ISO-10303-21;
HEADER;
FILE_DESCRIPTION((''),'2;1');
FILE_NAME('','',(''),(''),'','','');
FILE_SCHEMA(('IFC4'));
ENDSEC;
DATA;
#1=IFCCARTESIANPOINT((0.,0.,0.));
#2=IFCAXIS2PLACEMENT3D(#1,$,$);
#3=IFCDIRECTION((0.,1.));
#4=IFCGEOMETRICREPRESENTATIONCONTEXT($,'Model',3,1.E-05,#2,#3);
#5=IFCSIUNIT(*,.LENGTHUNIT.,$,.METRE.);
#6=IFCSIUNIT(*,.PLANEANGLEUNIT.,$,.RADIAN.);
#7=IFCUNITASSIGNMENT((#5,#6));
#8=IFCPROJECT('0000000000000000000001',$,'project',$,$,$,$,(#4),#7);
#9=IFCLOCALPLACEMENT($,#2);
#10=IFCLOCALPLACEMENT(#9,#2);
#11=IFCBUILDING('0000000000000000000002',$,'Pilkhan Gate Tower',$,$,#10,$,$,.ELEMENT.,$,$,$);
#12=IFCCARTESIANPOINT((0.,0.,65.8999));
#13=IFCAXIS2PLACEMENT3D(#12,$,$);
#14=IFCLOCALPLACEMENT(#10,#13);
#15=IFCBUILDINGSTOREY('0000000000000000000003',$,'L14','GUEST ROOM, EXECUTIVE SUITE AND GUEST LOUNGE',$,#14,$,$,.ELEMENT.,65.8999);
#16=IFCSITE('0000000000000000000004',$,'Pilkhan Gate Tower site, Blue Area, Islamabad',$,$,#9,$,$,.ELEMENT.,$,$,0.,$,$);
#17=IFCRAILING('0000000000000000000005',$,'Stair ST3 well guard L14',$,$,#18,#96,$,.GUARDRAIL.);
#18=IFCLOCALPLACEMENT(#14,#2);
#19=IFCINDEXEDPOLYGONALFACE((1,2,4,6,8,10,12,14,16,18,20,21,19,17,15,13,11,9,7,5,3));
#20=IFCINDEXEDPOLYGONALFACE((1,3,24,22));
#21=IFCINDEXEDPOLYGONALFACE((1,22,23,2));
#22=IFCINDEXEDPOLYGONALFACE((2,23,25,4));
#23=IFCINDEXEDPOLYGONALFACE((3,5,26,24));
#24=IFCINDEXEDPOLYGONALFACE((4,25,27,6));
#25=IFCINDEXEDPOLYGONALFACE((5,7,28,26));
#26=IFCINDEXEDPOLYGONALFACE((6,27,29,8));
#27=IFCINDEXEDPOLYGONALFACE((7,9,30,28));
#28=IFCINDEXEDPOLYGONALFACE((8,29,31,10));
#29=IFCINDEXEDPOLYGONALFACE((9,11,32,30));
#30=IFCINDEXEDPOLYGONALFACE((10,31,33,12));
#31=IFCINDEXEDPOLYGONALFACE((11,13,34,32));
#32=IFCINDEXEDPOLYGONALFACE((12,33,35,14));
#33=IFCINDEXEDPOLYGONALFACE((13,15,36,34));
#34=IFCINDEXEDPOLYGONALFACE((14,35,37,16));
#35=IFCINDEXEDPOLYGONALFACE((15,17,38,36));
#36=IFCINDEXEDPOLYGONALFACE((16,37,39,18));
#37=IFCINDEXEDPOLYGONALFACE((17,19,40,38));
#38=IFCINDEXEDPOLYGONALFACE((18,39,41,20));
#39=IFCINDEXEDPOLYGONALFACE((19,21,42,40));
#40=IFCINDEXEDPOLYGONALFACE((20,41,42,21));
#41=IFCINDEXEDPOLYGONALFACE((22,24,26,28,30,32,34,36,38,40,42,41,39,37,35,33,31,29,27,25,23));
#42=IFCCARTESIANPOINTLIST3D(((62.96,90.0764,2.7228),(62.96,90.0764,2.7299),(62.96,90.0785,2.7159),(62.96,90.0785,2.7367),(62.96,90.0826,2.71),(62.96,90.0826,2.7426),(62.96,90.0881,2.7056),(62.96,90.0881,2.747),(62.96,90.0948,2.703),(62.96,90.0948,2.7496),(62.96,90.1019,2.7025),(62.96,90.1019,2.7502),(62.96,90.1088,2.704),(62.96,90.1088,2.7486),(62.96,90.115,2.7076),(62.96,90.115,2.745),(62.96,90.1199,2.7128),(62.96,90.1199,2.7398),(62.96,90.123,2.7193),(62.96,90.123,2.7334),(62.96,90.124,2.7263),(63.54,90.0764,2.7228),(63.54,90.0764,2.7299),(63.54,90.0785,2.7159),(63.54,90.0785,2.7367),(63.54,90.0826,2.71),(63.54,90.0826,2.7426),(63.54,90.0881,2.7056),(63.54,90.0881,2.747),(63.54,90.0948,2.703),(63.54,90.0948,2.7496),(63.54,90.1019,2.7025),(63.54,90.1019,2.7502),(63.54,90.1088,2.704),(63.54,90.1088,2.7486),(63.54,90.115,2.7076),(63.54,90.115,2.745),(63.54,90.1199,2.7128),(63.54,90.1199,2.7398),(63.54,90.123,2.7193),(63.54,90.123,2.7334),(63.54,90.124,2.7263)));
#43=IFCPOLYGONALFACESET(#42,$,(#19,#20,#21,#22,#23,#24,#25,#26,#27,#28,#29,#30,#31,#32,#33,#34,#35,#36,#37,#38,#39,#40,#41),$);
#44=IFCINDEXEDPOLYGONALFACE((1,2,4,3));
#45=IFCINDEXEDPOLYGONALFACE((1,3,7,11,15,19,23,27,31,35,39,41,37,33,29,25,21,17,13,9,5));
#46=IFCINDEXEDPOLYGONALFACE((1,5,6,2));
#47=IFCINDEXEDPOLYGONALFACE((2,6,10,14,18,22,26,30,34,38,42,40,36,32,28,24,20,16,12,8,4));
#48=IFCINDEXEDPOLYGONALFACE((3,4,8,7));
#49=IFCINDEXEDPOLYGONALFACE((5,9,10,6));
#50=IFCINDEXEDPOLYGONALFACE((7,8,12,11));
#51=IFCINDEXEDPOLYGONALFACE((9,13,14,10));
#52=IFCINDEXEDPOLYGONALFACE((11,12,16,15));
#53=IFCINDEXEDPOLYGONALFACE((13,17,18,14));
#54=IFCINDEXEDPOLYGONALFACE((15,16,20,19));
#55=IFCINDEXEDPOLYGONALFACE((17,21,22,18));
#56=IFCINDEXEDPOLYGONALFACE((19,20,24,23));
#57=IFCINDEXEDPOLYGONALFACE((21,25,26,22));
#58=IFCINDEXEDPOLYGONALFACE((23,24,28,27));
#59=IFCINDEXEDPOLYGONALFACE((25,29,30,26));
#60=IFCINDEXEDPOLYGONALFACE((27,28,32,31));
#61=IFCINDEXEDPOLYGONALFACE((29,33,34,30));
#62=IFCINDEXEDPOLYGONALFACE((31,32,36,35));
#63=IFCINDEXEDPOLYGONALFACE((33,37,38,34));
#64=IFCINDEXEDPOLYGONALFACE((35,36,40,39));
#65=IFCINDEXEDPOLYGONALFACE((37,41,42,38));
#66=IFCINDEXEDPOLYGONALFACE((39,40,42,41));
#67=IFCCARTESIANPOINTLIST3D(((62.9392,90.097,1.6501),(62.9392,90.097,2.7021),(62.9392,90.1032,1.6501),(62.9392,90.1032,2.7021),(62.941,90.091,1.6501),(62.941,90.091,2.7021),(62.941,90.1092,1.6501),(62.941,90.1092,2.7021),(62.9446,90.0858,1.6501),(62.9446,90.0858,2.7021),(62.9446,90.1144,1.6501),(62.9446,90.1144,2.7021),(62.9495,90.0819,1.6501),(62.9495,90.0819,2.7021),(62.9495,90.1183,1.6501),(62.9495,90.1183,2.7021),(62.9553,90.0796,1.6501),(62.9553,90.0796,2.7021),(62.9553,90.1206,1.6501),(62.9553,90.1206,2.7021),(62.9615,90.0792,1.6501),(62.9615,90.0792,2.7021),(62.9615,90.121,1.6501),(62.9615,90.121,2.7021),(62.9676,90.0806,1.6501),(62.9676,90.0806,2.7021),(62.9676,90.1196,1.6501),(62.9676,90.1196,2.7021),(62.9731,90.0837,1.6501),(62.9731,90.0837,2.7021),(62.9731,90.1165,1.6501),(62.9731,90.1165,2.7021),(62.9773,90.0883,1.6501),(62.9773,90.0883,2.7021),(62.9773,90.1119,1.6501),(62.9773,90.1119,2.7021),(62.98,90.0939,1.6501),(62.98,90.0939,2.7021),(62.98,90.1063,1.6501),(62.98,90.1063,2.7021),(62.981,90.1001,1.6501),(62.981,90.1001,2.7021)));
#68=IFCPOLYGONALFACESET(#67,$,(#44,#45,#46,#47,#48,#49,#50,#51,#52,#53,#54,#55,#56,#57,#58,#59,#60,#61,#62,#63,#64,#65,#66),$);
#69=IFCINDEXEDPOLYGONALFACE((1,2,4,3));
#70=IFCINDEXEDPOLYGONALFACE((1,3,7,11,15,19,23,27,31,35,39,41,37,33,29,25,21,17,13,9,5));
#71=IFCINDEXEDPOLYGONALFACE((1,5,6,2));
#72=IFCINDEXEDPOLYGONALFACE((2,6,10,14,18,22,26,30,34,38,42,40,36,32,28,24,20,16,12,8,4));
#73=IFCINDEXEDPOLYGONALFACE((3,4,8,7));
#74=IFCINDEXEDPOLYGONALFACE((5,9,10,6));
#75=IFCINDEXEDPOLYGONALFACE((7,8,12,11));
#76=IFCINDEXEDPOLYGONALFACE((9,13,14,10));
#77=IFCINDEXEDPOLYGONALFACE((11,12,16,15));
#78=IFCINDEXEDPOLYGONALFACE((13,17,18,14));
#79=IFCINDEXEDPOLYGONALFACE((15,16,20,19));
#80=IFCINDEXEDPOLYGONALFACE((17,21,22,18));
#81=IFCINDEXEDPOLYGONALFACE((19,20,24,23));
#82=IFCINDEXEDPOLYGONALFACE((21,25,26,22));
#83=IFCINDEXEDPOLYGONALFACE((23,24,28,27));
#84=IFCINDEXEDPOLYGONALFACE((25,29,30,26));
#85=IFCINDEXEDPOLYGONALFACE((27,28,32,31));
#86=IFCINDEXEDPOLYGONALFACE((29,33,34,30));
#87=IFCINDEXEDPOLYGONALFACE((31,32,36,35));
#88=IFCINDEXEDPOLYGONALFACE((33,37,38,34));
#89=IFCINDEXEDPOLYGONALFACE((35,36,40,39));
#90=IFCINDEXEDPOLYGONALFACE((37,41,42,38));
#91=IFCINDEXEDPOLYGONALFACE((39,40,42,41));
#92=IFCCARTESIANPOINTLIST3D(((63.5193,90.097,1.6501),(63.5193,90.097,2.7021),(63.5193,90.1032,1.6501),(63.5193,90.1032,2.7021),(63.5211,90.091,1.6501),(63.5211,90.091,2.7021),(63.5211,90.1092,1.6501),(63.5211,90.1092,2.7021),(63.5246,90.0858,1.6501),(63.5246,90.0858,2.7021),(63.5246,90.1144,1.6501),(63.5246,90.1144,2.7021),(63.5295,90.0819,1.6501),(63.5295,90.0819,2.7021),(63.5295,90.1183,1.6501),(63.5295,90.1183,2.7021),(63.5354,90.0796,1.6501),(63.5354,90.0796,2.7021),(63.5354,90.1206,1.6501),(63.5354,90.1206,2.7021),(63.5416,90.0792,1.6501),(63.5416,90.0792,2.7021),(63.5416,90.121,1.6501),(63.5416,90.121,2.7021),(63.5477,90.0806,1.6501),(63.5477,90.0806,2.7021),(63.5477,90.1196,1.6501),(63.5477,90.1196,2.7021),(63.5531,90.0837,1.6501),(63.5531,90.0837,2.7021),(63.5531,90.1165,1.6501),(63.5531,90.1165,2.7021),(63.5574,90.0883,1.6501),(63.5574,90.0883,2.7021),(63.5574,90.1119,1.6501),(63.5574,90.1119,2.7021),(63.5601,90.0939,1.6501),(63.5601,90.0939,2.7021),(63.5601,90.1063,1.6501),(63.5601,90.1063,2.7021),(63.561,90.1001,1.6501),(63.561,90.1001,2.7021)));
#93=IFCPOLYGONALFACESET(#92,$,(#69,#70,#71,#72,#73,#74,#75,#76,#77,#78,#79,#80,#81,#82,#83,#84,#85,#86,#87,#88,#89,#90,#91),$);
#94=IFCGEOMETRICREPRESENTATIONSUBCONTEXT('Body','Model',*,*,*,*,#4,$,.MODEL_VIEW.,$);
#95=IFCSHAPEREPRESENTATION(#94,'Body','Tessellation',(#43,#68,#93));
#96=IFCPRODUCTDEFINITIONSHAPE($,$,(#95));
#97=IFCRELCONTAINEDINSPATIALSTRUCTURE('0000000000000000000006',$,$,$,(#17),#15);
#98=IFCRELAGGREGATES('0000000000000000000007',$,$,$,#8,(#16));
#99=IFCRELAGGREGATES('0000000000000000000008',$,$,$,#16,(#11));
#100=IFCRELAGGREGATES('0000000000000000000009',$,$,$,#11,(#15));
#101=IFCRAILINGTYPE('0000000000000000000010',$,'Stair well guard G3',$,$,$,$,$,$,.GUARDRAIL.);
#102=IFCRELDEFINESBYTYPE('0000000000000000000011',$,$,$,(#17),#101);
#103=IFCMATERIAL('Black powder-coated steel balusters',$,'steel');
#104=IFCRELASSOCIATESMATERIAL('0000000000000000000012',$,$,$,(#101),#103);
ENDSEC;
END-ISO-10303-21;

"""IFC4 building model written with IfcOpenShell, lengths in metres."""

from ifc_helpers import new_model, si_unit, direction, frame, origin, origin_2d, place, context, subcontext, project, spatial, circle, extrude, material, type_object, element, save


model = new_model("IFC4")

# Units and contexts
model_context = context("Model", 3, precision=1e-05, world=origin(), true_north=direction((0.0, 1.0)))
body_context = subcontext(model_context, "Body", "Model", "MODEL_VIEW")
ifc_project = project(units=[si_unit("LENGTHUNIT", "METRE"), si_unit("PLANEANGLEUNIT", "RADIAN")], contexts=[model_context])

# Site, building, storey
site_placement = place(None, origin())
site = spatial("IfcSite", under=ifc_project, at=site_placement, Name="Pilkhan Gate Tower site, Blue Area, Islamabad", CompositionType="ELEMENT", RefElevation=0.0)
building_placement = place(site_placement, origin())
building = spatial("IfcBuilding", under=site, at=building_placement, Name="Pilkhan Gate Tower", CompositionType="ELEMENT")
storey_placement = place(building_placement, frame((0.0, 0.0, 65.8999)))
storey = spatial("IfcBuildingStorey", under=building, at=storey_placement, Name="L14", Description="GUEST ROOM, EXECUTIVE SUITE AND GUEST LOUNGE", CompositionType="ELEMENT", Elevation=65.8999)

# Railing
ifc_material_1 = material(Name="Black powder-coated steel balusters", Category="steel")
railing_type_1 = type_object("IfcRailingType", Name="Stair well guard G3", PredefinedType="GUARDRAIL", material=ifc_material_1)
for number, where, name in (
    (1, (62.96, 90.1001, 1.6501), "Stair ST3 well guard L14"),
):
    element("IfcRailing", number, at=place(storey_placement, frame(where)), inside=storey, type_object=railing_type_1, Name=name, PredefinedType="GUARDRAIL", context=body_context, shape_type="SweptSolid", body=[
        extrude(circle(Radius=0.0239, at=origin_2d()), frame((0.0, 0.0, 1.0762), z_axis=(1.0, 0.0, 0.0), x_axis=(0.0, 1.0, 0.0)), (0.0, 0.0, 1.0), 0.5801),
        extrude(circle(Radius=0.021, at=origin_2d()), origin(), (0.0, 0.0, 1.0), 1.052),
        extrude(circle(Radius=0.021, at=origin_2d()), frame((0.5801, 0.0, 0.0)), (0.0, 0.0, 1.0), 1.052),
    ])

save(model, "model.ifc")
